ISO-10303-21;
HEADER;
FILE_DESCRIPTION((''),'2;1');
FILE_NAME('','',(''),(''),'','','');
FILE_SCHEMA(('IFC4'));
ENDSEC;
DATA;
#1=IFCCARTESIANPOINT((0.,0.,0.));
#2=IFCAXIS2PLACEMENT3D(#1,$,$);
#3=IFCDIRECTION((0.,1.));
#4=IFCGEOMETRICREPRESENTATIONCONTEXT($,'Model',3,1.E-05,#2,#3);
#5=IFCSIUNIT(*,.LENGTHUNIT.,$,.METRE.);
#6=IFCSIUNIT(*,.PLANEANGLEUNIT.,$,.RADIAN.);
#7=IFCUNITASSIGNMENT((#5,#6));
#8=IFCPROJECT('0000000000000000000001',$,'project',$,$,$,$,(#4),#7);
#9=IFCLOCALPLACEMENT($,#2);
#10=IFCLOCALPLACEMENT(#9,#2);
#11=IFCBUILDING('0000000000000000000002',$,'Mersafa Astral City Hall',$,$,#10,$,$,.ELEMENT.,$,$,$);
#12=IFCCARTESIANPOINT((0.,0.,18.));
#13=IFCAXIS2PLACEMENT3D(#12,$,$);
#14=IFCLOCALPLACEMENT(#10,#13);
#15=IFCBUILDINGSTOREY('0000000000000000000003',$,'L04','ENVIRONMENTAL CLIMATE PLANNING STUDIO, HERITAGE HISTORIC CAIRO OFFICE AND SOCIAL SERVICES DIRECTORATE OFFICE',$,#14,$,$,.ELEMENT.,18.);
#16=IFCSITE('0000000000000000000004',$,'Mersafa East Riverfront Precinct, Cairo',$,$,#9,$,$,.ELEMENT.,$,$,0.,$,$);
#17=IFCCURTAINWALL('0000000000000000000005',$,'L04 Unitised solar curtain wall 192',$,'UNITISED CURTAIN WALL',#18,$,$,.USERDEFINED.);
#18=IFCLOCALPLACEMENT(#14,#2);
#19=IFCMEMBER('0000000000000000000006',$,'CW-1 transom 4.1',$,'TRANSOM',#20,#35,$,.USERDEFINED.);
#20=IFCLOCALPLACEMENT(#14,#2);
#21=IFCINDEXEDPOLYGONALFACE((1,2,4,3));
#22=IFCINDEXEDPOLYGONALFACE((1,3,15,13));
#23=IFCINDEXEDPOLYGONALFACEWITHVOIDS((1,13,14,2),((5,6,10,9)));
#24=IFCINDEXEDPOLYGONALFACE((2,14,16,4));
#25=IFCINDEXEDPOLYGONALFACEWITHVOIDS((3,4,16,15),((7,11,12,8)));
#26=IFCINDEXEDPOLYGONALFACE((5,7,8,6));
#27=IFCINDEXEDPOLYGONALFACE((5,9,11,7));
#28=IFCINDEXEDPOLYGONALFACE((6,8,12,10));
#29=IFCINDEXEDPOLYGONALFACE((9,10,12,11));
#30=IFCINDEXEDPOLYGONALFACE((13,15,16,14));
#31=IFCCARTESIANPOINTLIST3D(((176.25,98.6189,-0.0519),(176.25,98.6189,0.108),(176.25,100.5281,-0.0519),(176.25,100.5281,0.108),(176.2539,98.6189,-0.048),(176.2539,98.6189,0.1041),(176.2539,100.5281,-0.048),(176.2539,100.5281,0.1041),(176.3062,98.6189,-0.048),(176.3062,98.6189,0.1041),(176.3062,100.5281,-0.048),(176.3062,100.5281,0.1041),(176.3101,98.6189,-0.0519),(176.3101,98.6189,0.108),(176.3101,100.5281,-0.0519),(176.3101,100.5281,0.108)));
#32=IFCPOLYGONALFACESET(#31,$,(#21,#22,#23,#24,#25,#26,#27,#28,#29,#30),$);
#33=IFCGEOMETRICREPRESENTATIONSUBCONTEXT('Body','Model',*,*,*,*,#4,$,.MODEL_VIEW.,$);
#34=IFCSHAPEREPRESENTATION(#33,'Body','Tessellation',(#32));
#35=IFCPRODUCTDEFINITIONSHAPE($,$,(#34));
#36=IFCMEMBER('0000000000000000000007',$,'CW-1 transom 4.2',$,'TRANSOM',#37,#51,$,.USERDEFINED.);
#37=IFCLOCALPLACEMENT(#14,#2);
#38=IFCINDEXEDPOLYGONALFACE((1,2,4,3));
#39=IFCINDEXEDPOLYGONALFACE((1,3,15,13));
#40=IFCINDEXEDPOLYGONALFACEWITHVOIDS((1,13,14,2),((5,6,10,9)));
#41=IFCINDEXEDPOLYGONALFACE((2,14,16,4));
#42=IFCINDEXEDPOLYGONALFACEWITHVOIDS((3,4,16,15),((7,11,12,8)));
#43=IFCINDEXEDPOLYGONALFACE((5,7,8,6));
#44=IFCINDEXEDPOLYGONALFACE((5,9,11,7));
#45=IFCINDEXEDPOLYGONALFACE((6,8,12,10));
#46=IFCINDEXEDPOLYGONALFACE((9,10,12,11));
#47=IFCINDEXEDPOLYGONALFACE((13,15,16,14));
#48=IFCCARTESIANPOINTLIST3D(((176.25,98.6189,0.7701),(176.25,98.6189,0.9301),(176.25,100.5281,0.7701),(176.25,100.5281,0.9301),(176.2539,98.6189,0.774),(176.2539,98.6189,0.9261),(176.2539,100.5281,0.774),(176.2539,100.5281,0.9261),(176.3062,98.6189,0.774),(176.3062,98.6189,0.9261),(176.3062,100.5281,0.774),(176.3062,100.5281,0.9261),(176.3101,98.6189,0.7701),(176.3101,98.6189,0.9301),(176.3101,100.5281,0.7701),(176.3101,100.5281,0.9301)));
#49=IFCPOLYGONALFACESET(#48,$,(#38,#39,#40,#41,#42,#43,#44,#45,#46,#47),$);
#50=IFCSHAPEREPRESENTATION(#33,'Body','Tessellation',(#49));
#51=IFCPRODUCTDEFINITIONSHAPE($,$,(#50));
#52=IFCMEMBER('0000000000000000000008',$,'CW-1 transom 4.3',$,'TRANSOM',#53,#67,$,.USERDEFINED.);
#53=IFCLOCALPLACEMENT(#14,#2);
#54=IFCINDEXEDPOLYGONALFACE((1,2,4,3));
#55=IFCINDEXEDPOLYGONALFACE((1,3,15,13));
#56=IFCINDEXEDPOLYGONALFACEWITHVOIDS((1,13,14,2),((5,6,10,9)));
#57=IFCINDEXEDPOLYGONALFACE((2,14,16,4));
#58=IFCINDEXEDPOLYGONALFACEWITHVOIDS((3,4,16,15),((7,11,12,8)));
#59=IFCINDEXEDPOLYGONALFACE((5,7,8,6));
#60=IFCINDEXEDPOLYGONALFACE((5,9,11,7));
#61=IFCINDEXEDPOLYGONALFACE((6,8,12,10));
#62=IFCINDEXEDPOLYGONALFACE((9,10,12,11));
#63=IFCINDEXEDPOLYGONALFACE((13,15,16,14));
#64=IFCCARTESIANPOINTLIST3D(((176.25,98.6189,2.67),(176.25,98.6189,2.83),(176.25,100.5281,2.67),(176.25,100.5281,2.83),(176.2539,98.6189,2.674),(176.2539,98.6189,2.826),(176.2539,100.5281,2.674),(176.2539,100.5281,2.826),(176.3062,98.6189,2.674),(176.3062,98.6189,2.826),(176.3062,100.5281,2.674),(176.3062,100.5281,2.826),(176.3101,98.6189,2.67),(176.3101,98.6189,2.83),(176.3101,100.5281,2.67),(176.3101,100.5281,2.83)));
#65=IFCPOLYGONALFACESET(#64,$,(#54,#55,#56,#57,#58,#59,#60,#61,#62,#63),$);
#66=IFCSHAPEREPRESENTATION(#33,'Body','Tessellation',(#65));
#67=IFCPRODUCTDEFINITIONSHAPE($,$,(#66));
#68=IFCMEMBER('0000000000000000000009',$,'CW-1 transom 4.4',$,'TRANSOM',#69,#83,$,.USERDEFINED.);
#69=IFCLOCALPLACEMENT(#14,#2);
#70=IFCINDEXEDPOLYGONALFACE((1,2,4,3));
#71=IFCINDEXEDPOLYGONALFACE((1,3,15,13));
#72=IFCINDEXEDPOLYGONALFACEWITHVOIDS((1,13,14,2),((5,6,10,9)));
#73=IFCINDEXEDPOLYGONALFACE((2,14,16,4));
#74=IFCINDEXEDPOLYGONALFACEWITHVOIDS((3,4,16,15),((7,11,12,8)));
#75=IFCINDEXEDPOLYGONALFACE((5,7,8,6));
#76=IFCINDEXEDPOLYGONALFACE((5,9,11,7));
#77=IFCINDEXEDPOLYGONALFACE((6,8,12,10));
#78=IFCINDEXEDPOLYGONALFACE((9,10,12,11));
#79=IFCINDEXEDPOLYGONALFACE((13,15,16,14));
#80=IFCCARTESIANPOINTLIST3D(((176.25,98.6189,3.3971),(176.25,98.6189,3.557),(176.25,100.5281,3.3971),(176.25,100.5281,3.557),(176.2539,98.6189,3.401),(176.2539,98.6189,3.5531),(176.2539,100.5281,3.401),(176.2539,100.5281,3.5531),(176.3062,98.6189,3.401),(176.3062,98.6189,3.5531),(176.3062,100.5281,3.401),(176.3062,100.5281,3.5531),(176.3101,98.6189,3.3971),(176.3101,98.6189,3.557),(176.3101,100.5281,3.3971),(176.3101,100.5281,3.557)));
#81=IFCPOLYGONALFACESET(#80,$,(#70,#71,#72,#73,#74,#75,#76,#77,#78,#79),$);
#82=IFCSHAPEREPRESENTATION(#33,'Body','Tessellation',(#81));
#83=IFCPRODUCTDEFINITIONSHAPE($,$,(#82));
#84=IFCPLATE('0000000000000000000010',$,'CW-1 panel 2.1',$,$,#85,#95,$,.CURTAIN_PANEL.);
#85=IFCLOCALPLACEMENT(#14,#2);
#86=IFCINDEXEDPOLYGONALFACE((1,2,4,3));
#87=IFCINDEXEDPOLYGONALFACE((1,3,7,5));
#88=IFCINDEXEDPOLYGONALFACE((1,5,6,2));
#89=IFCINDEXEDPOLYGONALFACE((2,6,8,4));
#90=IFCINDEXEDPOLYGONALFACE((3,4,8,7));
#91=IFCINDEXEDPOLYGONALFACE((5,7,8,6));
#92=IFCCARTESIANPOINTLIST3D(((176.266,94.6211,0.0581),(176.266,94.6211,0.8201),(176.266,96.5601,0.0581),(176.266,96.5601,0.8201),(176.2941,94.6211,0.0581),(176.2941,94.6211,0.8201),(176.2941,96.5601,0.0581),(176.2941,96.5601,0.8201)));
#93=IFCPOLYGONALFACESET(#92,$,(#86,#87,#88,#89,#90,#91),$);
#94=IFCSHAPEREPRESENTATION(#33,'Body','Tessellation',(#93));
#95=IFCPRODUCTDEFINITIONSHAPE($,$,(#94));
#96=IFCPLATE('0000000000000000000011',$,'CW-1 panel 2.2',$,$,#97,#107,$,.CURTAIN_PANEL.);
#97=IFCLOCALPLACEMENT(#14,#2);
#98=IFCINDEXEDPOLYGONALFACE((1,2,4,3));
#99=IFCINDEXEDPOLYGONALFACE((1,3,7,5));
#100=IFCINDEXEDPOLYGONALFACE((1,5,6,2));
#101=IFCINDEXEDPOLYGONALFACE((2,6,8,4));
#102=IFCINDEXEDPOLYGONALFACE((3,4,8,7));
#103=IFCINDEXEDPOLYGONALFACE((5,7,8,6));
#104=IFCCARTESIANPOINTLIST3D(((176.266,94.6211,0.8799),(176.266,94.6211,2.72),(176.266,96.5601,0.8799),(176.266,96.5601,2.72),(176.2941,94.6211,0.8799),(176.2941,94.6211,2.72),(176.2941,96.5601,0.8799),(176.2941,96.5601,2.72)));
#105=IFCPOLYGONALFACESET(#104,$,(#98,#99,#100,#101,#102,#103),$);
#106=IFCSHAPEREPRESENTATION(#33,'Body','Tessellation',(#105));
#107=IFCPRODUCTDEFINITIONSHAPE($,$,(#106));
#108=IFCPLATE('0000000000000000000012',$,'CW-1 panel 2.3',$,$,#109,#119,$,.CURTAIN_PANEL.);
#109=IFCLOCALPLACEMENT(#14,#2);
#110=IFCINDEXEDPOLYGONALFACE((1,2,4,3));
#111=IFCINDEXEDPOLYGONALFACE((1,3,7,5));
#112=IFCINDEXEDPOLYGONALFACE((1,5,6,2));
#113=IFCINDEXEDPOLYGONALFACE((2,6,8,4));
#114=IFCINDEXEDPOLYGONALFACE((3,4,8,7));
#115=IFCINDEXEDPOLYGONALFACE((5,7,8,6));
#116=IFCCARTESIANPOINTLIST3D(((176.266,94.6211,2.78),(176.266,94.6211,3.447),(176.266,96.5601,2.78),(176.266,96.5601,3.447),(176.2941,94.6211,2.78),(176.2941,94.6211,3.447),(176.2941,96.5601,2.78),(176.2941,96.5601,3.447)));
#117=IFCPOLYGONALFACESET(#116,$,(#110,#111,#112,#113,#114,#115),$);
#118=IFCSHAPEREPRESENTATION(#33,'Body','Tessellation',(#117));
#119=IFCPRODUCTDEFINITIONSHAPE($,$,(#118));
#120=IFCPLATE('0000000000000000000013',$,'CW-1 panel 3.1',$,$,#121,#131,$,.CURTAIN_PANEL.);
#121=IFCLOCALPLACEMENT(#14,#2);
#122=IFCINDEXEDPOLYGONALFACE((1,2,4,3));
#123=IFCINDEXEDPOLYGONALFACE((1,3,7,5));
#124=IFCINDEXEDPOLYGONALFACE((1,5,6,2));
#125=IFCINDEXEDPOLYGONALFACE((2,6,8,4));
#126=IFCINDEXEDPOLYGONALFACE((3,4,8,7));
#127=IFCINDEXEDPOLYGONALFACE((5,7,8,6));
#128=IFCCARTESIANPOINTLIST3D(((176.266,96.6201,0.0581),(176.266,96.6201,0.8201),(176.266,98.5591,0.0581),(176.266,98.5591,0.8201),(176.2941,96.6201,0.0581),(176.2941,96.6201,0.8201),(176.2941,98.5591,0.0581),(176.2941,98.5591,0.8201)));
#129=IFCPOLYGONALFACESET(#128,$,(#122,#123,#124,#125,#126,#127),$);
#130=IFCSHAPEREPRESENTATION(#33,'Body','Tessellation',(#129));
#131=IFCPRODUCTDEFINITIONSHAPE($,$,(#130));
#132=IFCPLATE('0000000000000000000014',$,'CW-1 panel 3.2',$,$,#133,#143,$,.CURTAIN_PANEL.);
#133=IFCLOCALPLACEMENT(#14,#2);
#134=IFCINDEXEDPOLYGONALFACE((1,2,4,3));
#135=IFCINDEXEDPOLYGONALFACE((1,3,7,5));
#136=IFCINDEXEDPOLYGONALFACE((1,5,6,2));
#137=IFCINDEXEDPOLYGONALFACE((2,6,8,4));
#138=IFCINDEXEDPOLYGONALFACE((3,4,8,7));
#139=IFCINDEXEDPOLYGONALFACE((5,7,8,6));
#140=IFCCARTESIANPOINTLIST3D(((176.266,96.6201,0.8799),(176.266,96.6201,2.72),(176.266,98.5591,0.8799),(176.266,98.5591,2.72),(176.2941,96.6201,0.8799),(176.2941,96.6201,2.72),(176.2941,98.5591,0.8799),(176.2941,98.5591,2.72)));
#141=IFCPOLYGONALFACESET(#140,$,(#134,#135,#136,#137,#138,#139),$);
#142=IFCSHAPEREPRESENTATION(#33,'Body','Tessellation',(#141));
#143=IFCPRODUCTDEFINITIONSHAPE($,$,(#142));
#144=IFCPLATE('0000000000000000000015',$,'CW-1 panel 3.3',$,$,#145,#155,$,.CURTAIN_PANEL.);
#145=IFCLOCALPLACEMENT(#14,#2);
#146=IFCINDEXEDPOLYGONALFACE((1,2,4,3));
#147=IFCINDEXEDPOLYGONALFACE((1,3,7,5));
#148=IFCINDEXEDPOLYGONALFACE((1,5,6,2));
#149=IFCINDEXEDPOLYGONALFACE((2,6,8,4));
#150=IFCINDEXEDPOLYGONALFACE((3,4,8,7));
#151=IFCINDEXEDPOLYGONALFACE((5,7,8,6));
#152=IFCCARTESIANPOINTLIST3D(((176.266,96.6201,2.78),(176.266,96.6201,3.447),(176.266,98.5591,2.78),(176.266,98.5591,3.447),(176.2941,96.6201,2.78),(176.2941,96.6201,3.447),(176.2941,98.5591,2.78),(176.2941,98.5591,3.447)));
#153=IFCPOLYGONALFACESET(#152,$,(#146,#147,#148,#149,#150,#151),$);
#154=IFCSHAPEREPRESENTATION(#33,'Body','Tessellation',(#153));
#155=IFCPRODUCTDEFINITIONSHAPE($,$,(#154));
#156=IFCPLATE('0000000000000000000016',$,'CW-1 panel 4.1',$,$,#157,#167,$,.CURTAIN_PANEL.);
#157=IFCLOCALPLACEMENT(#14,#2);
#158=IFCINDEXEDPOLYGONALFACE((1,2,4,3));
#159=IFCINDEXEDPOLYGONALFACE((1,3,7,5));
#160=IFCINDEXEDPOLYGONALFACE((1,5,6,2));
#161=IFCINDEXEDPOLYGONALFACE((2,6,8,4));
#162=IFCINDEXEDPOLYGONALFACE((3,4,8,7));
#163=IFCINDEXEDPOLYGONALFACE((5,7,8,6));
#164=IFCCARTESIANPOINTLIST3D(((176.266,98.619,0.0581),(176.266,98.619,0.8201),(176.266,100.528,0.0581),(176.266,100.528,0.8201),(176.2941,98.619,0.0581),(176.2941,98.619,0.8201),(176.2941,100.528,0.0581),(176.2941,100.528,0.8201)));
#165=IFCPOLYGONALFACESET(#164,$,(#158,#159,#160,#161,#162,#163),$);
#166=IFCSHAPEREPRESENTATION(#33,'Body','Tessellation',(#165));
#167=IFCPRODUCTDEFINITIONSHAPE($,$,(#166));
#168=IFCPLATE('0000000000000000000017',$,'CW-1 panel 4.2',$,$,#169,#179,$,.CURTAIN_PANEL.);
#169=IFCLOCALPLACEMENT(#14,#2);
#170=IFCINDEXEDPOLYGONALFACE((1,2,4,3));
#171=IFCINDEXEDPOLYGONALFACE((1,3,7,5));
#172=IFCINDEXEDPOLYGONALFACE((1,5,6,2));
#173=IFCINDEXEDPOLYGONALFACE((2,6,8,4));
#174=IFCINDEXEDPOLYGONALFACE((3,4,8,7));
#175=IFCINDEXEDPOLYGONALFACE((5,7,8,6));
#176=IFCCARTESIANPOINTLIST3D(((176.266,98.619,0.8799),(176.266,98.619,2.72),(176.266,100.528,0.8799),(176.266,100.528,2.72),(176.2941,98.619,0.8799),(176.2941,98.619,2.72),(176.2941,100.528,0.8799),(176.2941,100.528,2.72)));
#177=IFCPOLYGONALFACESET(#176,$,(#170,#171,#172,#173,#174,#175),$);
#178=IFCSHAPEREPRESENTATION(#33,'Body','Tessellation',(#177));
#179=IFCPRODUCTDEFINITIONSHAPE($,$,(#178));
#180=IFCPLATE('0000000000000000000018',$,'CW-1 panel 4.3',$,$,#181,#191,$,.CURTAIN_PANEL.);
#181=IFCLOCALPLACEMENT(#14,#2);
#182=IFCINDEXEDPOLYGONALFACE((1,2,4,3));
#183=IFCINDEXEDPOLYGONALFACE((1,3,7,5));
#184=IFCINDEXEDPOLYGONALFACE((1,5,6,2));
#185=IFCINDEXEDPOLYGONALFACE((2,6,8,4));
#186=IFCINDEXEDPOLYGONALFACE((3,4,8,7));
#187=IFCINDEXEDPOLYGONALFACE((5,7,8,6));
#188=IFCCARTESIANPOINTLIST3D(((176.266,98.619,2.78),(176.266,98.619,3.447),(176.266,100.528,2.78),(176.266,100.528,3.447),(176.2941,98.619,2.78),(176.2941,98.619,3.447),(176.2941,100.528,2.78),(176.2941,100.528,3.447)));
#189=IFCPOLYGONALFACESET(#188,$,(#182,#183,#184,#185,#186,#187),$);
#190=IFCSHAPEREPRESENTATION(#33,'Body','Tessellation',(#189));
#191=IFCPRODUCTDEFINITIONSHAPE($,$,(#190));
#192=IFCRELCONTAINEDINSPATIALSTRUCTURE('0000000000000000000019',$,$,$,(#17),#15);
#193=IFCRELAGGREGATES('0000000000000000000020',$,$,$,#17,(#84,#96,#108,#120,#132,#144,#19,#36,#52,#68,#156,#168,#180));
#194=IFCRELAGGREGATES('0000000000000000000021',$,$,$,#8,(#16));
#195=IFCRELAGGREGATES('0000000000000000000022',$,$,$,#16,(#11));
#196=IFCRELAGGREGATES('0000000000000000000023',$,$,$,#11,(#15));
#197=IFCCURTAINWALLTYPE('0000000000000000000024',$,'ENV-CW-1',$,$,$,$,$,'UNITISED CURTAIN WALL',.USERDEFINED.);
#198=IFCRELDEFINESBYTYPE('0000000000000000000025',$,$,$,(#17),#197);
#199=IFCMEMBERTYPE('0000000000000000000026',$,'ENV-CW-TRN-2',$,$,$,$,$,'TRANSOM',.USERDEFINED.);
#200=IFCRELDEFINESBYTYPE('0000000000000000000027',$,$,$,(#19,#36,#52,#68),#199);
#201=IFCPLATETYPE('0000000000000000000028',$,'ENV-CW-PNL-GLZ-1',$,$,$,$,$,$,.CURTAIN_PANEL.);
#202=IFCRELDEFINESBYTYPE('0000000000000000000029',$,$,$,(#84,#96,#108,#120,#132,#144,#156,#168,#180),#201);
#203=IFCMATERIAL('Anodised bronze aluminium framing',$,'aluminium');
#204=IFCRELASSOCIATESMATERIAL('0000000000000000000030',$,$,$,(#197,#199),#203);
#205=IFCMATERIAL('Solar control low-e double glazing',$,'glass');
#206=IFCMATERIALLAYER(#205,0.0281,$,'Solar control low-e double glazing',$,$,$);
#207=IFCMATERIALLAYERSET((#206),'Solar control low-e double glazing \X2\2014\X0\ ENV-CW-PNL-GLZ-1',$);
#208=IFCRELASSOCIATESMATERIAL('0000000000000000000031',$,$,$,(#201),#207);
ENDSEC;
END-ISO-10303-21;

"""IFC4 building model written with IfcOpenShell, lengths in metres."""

from ifc_helpers import new_model, si_unit, direction, frame, origin, origin_2d, place, context, subcontext, project, spatial, rectangle, hollow_rectangle, extrude, material, layer, layer_set, material_profile, profile_set, type_object, element, aggregate, save


model = new_model("IFC4")

# Units and contexts
model_context = context("Model", 3, precision=1e-05, world=origin(), true_north=direction((0.0, 1.0)))
body_context = subcontext(model_context, "Body", "Model", "MODEL_VIEW")
ifc_project = project(units=[si_unit("LENGTHUNIT", "METRE"), si_unit("PLANEANGLEUNIT", "RADIAN")], contexts=[model_context])

# Site, building, storey
site_placement = place(None, origin())
site = spatial("IfcSite", under=ifc_project, at=site_placement, Name="Mersafa East Riverfront Precinct, Cairo", CompositionType="ELEMENT", RefElevation=0.0)
building_placement = place(site_placement, origin())
building = spatial("IfcBuilding", under=site, at=building_placement, Name="Mersafa Astral City Hall", CompositionType="ELEMENT")
storey_placement = place(building_placement, frame((0.0, 0.0, 18.0)))
storey = spatial("IfcBuildingStorey", under=building, at=storey_placement, Name="L04", Description="ENVIRONMENTAL CLIMATE PLANNING STUDIO, HERITAGE HISTORIC CAIRO OFFICE AND SOCIAL SERVICES DIRECTORATE OFFICE", CompositionType="ELEMENT", Elevation=18.0)

# Curtain wall
ifc_material_1 = material(Name="Anodised bronze aluminium framing", Category="aluminium")
curtain_wall_type_1 = type_object("IfcCurtainWallType", Name="ENV-CW-1", ElementType="UNITISED CURTAIN WALL", PredefinedType="USERDEFINED", material=ifc_material_1)
curtain_wall_1_placement = place(storey_placement, origin())
curtain_wall_1 = element("IfcCurtainWall", 1, at=curtain_wall_1_placement, inside=storey, type_object=curtain_wall_type_1, Name="L04 Unitised solar curtain wall 192", ObjectType="UNITISED CURTAIN WALL", PredefinedType="USERDEFINED")

# Members
ifc_material_profile_1 = material_profile(ifc_material_1, hollow_rectangle(XDim=0.0601, YDim=0.1599, WallThickness=0.0039, at=origin_2d()), Name="RHS 60x160x4")
ifc_profile_set_1 = profile_set([ifc_material_profile_1], Name="Anodised bronze aluminium framing")
member_type_1 = type_object("IfcMemberType", Name="ENV-CW-TRN-2", ElementType="TRANSOM", PredefinedType="USERDEFINED", material=ifc_profile_set_1)
member_1_placement = place(storey_placement, frame((176.28, 98.6189, 0.0281), z_axis=(0.0, 1.0, 0.0), x_axis=(-1.0, 0.0, 0.0)))
member_1 = element("IfcMember", 2, at=member_1_placement, type_object=member_type_1, Name="CW-1 transom 4.1", ObjectType="TRANSOM", PredefinedType="USERDEFINED", context=body_context, shape_type="SweptSolid", body=[
    extrude(hollow_rectangle(XDim=0.0601, YDim=0.1599, WallThickness=0.0039, at=origin_2d()), origin(), (0.0, 0.0, 1.0), 1.9092),
])
member_2_placement = place(storey_placement, frame((176.28, 98.6189, 0.8501), z_axis=(0.0, 1.0, 0.0), x_axis=(-1.0, 0.0, 0.0)))
member_2 = element("IfcMember", 3, at=member_2_placement, type_object=member_type_1, Name="CW-1 transom 4.2", ObjectType="TRANSOM", PredefinedType="USERDEFINED", context=body_context, shape_type="SweptSolid", body=[
    extrude(hollow_rectangle(XDim=0.0601, YDim=0.1599, WallThickness=0.0039, at=origin_2d()), origin(), (0.0, 0.0, 1.0), 1.9092),
])
member_3_placement = place(storey_placement, frame((176.28, 98.6189, 2.75), z_axis=(0.0, 1.0, 0.0), x_axis=(-1.0, 0.0, 0.0)))
member_3 = element("IfcMember", 4, at=member_3_placement, type_object=member_type_1, Name="CW-1 transom 4.3", ObjectType="TRANSOM", PredefinedType="USERDEFINED", context=body_context, shape_type="SweptSolid", body=[
    extrude(hollow_rectangle(XDim=0.0601, YDim=0.1599, WallThickness=0.0039, at=origin_2d()), origin(), (0.0, 0.0, 1.0), 1.9092),
])
member_4_placement = place(storey_placement, frame((176.28, 98.6189, 3.4771), z_axis=(0.0, 1.0, 0.0), x_axis=(-1.0, 0.0, 0.0)))
member_4 = element("IfcMember", 5, at=member_4_placement, type_object=member_type_1, Name="CW-1 transom 4.4", ObjectType="TRANSOM", PredefinedType="USERDEFINED", context=body_context, shape_type="SweptSolid", body=[
    extrude(hollow_rectangle(XDim=0.0601, YDim=0.1599, WallThickness=0.0039, at=origin_2d()), origin(), (0.0, 0.0, 1.0), 1.9092),
])

# Plates
ifc_material_2 = material(Name="Solar control low-e double glazing", Category="glass")
ifc_layer = layer(ifc_material_2, 0.0281, Name="Solar control low-e double glazing")
ifc_layer_set = layer_set([ifc_layer], Name="Solar control low-e double glazing — ENV-CW-PNL-GLZ-1")
plate_type = type_object("IfcPlateType", Name="ENV-CW-PNL-GLZ-1", PredefinedType="CURTAIN_PANEL", material=ifc_layer_set)
plate_1_placement = place(storey_placement, frame((176.28, 95.5906, 0.0581), z_axis=(0.0, 0.0, 1.0), x_axis=(0.0, 1.0, 0.0)))
plate_1 = element("IfcPlate", 6, at=plate_1_placement, type_object=plate_type, Name="CW-1 panel 2.1", PredefinedType="CURTAIN_PANEL", context=body_context, shape_type="SweptSolid", body=[
    extrude(rectangle(XDim=1.939, YDim=0.0281, at=origin_2d()), origin(), (0.0, 0.0, 1.0), 0.762),
])
plate_2_placement = place(storey_placement, frame((176.28, 95.5906, 0.8799), z_axis=(0.0, 0.0, 1.0), x_axis=(0.0, 1.0, 0.0)))
plate_2 = element("IfcPlate", 7, at=plate_2_placement, type_object=plate_type, Name="CW-1 panel 2.2", PredefinedType="CURTAIN_PANEL", context=body_context, shape_type="SweptSolid", body=[
    extrude(rectangle(XDim=1.939, YDim=0.0281, at=origin_2d()), origin(), (0.0, 0.0, 1.0), 1.8401),
])
plate_3_placement = place(storey_placement, frame((176.28, 95.5906, 2.78), z_axis=(0.0, 0.0, 1.0), x_axis=(0.0, 1.0, 0.0)))
plate_3 = element("IfcPlate", 8, at=plate_3_placement, type_object=plate_type, Name="CW-1 panel 2.3", PredefinedType="CURTAIN_PANEL", context=body_context, shape_type="SweptSolid", body=[
    extrude(rectangle(XDim=1.939, YDim=0.0281, at=origin_2d()), origin(), (0.0, 0.0, 1.0), 0.667),
])
plate_4_placement = place(storey_placement, frame((176.28, 97.5896, 0.0581), z_axis=(0.0, 0.0, 1.0), x_axis=(0.0, 1.0, 0.0)))
plate_4 = element("IfcPlate", 9, at=plate_4_placement, type_object=plate_type, Name="CW-1 panel 3.1", PredefinedType="CURTAIN_PANEL", context=body_context, shape_type="SweptSolid", body=[
    extrude(rectangle(XDim=1.939, YDim=0.0281, at=origin_2d()), origin(), (0.0, 0.0, 1.0), 0.762),
])
plate_5_placement = place(storey_placement, frame((176.28, 97.5896, 0.8799), z_axis=(0.0, 0.0, 1.0), x_axis=(0.0, 1.0, 0.0)))
plate_5 = element("IfcPlate", 10, at=plate_5_placement, type_object=plate_type, Name="CW-1 panel 3.2", PredefinedType="CURTAIN_PANEL", context=body_context, shape_type="SweptSolid", body=[
    extrude(rectangle(XDim=1.939, YDim=0.0281, at=origin_2d()), origin(), (0.0, 0.0, 1.0), 1.8401),
])
plate_6_placement = place(storey_placement, frame((176.28, 97.5896, 2.78), z_axis=(0.0, 0.0, 1.0), x_axis=(0.0, 1.0, 0.0)))
plate_6 = element("IfcPlate", 11, at=plate_6_placement, type_object=plate_type, Name="CW-1 panel 3.3", PredefinedType="CURTAIN_PANEL", context=body_context, shape_type="SweptSolid", body=[
    extrude(rectangle(XDim=1.939, YDim=0.0281, at=origin_2d()), origin(), (0.0, 0.0, 1.0), 0.667),
])
plate_7_placement = place(storey_placement, frame((176.28, 99.5735, 0.0581), z_axis=(0.0, 0.0, 1.0), x_axis=(0.0, 1.0, 0.0)))
plate_7 = element("IfcPlate", 12, at=plate_7_placement, type_object=plate_type, Name="CW-1 panel 4.1", PredefinedType="CURTAIN_PANEL", context=body_context, shape_type="SweptSolid", body=[
    extrude(rectangle(XDim=1.9089, YDim=0.0281, at=origin_2d()), origin(), (0.0, 0.0, 1.0), 0.762),
])
plate_8_placement = place(storey_placement, frame((176.28, 99.5735, 0.8799), z_axis=(0.0, 0.0, 1.0), x_axis=(0.0, 1.0, 0.0)))
plate_8 = element("IfcPlate", 13, at=plate_8_placement, type_object=plate_type, Name="CW-1 panel 4.2", PredefinedType="CURTAIN_PANEL", context=body_context, shape_type="SweptSolid", body=[
    extrude(rectangle(XDim=1.9089, YDim=0.0281, at=origin_2d()), origin(), (0.0, 0.0, 1.0), 1.8401),
])
plate_9_placement = place(storey_placement, frame((176.28, 99.5735, 2.78), z_axis=(0.0, 0.0, 1.0), x_axis=(0.0, 1.0, 0.0)))
plate_9 = element("IfcPlate", 14, at=plate_9_placement, type_object=plate_type, Name="CW-1 panel 4.3", PredefinedType="CURTAIN_PANEL", context=body_context, shape_type="SweptSolid", body=[
    extrude(rectangle(XDim=1.9089, YDim=0.0281, at=origin_2d()), origin(), (0.0, 0.0, 1.0), 0.667),
])
aggregate(curtain_wall_1, [plate_1, plate_2, plate_3, plate_4, plate_5, plate_6, member_1, member_2, member_3, member_4, plate_7, plate_8, plate_9])

save(model, "model.ifc")
